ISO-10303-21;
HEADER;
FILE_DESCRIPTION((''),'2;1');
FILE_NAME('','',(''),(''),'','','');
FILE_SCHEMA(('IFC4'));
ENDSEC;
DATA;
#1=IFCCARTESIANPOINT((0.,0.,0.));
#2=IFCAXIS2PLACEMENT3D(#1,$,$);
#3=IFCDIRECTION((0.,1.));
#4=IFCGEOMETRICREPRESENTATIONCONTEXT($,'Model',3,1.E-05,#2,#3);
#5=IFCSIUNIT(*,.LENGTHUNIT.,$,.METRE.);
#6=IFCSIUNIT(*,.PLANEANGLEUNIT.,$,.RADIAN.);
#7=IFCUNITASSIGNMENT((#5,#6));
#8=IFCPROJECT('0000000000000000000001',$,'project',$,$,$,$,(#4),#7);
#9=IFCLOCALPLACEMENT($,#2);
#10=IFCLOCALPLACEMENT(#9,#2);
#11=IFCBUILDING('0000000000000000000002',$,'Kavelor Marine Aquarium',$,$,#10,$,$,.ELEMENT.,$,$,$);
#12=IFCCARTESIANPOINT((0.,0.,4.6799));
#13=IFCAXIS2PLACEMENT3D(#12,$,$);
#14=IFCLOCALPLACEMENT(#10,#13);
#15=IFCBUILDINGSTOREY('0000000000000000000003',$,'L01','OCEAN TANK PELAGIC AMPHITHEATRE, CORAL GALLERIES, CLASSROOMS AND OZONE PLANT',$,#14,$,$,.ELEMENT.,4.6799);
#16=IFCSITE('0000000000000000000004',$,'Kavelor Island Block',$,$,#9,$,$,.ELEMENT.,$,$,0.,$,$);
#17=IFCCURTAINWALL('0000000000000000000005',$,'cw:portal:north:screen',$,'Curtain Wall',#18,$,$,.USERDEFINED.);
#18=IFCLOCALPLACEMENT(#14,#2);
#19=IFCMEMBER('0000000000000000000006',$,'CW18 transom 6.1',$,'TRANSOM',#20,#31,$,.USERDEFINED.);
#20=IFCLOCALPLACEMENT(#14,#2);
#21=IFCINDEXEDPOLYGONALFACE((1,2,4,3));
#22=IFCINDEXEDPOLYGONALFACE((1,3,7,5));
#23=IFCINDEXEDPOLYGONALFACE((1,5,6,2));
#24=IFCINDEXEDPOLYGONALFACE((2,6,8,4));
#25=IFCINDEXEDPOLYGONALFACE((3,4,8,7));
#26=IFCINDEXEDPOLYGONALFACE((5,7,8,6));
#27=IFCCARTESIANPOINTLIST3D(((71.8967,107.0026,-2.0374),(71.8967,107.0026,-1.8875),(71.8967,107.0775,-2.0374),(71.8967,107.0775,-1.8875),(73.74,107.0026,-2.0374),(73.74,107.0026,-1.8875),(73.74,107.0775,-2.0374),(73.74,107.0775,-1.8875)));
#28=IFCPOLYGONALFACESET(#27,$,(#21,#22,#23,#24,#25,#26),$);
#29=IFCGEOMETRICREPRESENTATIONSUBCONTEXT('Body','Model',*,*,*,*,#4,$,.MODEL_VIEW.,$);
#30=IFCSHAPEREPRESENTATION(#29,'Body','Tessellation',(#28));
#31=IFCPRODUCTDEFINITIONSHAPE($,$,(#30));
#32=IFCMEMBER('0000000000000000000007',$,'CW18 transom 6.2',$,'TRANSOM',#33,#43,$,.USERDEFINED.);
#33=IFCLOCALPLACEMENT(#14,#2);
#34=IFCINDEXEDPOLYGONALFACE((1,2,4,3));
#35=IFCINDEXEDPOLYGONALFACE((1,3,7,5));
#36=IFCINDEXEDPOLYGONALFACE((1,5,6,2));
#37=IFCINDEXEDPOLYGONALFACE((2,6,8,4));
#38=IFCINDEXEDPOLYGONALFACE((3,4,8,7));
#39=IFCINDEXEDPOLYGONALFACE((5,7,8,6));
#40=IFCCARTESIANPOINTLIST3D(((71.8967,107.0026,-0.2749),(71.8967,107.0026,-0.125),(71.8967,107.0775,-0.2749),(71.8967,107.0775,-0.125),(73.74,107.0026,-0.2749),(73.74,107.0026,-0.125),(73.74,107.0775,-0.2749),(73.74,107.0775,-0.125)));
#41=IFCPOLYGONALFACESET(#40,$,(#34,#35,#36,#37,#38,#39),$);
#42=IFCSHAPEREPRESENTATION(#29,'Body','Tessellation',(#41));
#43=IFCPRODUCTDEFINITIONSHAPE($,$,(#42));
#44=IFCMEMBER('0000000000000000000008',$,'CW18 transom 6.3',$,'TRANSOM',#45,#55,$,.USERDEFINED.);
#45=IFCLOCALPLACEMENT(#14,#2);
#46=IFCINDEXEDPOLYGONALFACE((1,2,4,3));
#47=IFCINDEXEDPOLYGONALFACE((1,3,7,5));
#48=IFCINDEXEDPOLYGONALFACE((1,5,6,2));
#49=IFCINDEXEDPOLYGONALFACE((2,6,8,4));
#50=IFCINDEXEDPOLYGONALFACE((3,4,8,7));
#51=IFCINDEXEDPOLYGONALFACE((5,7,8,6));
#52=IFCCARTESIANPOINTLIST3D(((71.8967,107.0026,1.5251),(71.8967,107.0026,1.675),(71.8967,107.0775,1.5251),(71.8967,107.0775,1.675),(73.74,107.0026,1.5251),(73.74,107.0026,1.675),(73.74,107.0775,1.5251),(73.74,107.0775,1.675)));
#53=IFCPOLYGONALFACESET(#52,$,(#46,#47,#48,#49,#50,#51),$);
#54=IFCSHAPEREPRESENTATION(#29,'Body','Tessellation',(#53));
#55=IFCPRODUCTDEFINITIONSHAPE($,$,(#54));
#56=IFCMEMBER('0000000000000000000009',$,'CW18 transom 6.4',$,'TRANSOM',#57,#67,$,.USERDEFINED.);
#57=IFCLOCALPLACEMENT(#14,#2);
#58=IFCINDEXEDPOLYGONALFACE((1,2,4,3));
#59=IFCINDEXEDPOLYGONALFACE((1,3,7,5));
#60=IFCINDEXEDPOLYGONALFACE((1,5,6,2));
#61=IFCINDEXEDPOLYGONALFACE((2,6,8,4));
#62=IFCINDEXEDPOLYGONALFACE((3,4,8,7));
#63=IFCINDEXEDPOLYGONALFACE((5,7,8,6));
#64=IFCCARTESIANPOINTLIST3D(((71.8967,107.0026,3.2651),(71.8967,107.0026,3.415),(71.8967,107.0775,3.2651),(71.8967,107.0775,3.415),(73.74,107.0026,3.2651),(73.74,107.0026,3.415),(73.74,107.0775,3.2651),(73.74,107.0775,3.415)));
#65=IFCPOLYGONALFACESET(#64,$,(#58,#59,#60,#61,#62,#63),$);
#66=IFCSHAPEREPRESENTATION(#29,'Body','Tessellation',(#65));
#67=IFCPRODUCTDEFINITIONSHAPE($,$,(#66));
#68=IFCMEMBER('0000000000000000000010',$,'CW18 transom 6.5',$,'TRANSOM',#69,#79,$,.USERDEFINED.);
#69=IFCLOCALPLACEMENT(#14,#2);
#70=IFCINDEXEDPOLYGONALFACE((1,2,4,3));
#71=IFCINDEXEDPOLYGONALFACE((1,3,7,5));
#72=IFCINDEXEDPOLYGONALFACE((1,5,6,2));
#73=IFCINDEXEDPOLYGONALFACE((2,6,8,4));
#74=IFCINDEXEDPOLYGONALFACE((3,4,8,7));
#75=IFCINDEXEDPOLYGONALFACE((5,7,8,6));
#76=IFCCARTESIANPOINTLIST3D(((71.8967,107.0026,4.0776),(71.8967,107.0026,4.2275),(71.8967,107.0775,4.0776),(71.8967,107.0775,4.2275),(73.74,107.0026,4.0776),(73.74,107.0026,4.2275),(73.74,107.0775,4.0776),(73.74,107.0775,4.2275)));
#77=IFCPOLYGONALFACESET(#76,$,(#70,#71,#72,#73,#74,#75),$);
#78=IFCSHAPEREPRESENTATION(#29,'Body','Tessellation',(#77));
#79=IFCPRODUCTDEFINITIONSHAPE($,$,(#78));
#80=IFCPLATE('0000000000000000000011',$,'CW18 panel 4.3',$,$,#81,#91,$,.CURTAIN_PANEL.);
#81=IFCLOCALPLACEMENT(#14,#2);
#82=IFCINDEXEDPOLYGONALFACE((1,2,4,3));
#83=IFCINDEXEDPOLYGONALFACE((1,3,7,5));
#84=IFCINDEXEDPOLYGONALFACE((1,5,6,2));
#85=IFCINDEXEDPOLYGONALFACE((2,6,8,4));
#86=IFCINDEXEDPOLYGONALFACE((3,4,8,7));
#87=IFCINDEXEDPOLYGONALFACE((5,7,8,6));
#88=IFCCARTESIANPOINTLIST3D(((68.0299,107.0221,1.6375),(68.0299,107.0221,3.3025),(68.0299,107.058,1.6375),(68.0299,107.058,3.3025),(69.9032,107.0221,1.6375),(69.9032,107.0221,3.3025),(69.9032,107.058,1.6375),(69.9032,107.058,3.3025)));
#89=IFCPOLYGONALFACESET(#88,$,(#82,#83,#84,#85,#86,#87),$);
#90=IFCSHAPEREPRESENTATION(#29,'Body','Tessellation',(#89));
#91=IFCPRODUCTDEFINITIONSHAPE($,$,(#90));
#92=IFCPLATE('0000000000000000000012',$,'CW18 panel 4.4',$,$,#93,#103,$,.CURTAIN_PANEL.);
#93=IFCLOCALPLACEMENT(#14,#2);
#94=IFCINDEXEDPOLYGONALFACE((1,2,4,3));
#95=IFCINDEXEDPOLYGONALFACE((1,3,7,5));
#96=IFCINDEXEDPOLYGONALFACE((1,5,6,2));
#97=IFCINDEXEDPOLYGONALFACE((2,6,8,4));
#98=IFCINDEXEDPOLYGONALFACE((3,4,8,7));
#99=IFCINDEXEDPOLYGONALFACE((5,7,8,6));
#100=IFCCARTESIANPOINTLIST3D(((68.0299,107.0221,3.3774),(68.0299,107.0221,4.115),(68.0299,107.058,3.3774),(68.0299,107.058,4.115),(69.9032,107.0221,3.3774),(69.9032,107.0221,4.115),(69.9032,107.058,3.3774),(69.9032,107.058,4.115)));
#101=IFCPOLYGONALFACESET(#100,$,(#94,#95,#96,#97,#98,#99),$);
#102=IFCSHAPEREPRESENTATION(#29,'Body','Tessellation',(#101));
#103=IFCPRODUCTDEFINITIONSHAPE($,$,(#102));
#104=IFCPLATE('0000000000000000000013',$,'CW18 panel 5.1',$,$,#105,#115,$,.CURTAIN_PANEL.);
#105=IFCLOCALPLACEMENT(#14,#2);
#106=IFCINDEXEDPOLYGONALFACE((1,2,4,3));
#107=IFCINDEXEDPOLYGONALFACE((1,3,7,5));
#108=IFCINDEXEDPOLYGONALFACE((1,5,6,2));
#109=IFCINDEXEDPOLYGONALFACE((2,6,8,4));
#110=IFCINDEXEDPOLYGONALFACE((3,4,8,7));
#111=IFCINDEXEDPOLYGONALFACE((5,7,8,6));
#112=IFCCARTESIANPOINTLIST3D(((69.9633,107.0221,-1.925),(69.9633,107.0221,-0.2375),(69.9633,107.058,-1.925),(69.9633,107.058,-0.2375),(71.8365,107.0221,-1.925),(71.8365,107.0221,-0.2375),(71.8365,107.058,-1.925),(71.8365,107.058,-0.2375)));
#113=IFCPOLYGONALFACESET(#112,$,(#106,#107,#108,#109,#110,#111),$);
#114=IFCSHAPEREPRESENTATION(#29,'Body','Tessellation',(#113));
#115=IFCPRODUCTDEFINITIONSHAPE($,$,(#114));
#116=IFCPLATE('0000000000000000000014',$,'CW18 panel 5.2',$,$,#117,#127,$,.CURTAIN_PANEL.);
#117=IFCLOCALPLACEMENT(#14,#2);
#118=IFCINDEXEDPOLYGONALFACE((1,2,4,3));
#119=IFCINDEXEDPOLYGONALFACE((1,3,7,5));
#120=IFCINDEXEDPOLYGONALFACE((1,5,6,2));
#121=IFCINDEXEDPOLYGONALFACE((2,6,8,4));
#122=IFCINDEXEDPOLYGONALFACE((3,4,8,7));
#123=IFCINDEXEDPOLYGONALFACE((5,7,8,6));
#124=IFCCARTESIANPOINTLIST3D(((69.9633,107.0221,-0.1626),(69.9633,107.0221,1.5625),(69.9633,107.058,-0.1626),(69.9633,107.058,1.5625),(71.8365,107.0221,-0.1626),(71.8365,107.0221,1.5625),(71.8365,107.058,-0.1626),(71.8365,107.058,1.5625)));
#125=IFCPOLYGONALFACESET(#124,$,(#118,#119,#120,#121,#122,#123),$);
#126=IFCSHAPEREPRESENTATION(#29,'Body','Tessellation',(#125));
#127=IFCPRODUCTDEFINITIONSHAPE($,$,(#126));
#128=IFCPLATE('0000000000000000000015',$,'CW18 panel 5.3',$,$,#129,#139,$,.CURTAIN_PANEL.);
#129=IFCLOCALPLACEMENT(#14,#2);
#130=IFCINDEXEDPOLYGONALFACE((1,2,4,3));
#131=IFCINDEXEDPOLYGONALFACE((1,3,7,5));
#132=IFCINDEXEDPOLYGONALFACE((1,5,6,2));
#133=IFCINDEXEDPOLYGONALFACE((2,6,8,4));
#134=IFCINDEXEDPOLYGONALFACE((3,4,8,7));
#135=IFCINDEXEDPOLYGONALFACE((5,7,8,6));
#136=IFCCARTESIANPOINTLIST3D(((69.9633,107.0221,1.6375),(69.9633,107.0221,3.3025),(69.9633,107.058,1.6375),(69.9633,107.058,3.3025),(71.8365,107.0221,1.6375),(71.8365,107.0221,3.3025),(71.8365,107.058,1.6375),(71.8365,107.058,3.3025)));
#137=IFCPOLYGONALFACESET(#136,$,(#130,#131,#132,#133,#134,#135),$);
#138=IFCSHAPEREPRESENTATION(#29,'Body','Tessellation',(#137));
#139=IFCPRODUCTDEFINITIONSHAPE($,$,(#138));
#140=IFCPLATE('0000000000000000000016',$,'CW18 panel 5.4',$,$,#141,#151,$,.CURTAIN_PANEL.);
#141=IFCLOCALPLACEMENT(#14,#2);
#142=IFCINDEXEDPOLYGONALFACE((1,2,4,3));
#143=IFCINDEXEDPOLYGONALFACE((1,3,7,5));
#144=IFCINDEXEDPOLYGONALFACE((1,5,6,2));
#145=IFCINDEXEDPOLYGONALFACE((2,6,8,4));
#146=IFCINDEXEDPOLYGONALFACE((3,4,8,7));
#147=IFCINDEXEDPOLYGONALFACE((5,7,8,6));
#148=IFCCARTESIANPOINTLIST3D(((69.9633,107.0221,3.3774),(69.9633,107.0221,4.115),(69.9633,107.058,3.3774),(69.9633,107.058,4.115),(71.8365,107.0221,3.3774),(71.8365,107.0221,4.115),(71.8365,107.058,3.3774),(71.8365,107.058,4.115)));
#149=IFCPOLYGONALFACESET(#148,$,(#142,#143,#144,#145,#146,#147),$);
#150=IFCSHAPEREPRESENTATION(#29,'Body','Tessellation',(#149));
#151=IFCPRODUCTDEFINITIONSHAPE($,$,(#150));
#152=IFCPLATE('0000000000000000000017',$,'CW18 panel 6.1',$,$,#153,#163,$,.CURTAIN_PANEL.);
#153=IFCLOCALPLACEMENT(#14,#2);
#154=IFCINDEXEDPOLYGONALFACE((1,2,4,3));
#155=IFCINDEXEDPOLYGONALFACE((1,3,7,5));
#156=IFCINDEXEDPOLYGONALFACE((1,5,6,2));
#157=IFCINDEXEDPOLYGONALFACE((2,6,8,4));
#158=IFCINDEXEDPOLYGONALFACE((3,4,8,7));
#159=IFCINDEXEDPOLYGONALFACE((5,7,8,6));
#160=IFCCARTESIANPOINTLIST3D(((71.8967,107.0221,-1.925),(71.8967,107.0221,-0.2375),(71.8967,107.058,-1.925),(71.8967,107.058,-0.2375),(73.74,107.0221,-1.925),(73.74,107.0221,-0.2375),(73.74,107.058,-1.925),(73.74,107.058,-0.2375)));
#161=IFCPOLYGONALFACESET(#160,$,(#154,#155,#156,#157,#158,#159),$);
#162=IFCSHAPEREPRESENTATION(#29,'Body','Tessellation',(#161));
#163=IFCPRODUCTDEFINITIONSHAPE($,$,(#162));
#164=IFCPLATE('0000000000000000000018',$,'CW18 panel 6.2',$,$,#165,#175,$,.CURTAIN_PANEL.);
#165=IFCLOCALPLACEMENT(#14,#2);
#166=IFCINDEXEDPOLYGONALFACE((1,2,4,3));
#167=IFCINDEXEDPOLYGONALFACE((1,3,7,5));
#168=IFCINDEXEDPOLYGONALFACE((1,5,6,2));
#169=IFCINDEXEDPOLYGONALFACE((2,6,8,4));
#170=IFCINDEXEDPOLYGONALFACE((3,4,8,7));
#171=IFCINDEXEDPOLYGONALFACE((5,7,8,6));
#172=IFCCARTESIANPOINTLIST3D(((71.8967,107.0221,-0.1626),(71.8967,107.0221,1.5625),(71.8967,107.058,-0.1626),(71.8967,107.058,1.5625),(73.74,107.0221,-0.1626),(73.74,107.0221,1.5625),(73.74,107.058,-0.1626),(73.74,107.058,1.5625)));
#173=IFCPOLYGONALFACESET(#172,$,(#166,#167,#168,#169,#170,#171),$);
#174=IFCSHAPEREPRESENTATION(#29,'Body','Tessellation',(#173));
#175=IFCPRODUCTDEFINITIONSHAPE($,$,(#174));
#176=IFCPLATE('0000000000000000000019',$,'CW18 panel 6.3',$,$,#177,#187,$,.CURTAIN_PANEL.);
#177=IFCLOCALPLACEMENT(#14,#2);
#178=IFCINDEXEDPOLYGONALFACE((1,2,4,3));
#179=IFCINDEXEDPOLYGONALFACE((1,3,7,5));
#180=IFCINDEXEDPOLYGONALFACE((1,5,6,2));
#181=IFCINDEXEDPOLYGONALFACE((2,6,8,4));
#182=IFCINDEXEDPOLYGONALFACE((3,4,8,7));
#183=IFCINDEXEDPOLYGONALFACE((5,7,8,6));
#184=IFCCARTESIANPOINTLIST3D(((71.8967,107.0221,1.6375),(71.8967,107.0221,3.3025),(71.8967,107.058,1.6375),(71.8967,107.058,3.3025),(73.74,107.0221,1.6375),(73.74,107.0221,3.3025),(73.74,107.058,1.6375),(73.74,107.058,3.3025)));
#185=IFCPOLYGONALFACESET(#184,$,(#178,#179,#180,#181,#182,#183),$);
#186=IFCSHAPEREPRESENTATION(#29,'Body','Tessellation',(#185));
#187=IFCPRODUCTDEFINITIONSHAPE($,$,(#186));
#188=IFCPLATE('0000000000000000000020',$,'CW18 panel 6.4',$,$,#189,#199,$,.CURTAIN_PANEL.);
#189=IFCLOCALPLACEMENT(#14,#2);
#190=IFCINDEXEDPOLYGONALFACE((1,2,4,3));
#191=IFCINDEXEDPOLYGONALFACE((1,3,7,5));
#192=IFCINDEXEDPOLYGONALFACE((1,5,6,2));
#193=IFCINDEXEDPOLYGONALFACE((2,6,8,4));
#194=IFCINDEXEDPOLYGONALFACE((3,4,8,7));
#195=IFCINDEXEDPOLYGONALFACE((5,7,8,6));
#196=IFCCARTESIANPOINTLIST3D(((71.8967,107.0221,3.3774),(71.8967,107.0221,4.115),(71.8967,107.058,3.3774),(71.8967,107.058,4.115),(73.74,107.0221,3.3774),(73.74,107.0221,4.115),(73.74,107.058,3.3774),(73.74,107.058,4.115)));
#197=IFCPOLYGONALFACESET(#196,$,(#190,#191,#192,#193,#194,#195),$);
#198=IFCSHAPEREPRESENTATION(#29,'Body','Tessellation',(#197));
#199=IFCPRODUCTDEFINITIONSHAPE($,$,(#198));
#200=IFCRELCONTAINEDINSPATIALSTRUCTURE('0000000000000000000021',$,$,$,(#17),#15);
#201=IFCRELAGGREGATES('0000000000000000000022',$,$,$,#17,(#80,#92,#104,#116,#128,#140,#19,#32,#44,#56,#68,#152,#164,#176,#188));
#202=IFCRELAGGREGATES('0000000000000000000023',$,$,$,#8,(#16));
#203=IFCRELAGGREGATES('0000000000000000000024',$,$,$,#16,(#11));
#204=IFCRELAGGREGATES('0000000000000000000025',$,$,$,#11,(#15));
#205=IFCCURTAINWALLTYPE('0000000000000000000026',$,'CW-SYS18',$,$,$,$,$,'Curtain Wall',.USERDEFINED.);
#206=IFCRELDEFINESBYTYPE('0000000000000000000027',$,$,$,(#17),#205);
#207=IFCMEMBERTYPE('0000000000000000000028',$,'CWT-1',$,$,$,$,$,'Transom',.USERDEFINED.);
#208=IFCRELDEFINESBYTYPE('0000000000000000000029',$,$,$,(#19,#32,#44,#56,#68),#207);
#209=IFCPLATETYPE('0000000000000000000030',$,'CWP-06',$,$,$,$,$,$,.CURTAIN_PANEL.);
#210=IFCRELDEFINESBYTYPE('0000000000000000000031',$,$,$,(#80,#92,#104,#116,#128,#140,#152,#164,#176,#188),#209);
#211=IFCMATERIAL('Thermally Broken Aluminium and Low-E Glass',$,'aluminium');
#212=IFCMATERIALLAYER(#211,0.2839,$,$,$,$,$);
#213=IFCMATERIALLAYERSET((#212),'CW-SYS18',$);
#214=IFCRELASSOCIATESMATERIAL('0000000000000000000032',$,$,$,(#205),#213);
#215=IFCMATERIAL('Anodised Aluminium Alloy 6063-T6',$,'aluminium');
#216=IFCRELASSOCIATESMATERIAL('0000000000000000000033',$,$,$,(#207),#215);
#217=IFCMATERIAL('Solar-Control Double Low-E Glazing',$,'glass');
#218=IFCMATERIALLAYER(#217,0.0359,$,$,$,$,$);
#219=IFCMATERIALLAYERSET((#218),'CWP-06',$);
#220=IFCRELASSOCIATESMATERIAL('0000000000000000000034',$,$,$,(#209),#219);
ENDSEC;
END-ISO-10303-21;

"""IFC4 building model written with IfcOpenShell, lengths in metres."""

from ifc_helpers import new_model, si_unit, direction, frame, origin, origin_2d, place, context, subcontext, project, spatial, rectangle, extrude, material, layer, layer_set, material_profile, profile_set, type_object, element, aggregate, save


model = new_model("IFC4")

# Units and contexts
model_context = context("Model", 3, precision=1e-05, world=origin(), true_north=direction((0.0, 1.0)))
body_context = subcontext(model_context, "Body", "Model", "MODEL_VIEW")
ifc_project = project(units=[si_unit("LENGTHUNIT", "METRE"), si_unit("PLANEANGLEUNIT", "RADIAN")], contexts=[model_context])

# Site, building, storey
site_placement = place(None, origin())
site = spatial("IfcSite", under=ifc_project, at=site_placement, Name="Kavelor Island Block", CompositionType="ELEMENT", RefElevation=0.0)
building_placement = place(site_placement, origin())
building = spatial("IfcBuilding", under=site, at=building_placement, Name="Kavelor Marine Aquarium", CompositionType="ELEMENT")
storey_placement = place(building_placement, frame((0.0, 0.0, 4.6799)))
storey = spatial("IfcBuildingStorey", under=building, at=storey_placement, Name="L01", Description="OCEAN TANK PELAGIC AMPHITHEATRE, CORAL GALLERIES, CLASSROOMS AND OZONE PLANT", CompositionType="ELEMENT", Elevation=4.6799)

# Curtain wall, members, plates
ifc_material_1 = material(Name="Thermally Broken Aluminium and Low-E Glass", Category="aluminium")
ifc_layer_1 = layer(ifc_material_1, 0.2839)
ifc_layer_set_1 = layer_set([ifc_layer_1], Name="CW-SYS18")
curtain_wall_type = type_object("IfcCurtainWallType", Name="CW-SYS18", ElementType="Curtain Wall", PredefinedType="USERDEFINED", material=ifc_layer_set_1)
curtain_wall_placement = place(storey_placement, origin())
curtain_wall = element("IfcCurtainWall", 1, at=curtain_wall_placement, inside=storey, type_object=curtain_wall_type, Name="cw:portal:north:screen", ObjectType="Curtain Wall", PredefinedType="USERDEFINED")
ifc_material_2 = material(Name="Anodised Aluminium Alloy 6063-T6", Category="aluminium")
ifc_material_profile_1 = material_profile(ifc_material_2, rectangle(XDim=0.075, YDim=0.1499, at=origin_2d()), Name="CW-TRN 75x150")
ifc_profile_set_1 = profile_set([ifc_material_profile_1], Name="Anodised Aluminium Alloy 6063-T6")
member_type_1 = type_object("IfcMemberType", Name="CWT-1", ElementType="Transom", PredefinedType="USERDEFINED", material=ifc_profile_set_1)
member_1_placement = place(storey_placement, frame((71.8967, 107.04, -1.9624), z_axis=(1.0, 0.0, 0.0), x_axis=(0.0, 1.0, 0.0)))
member_1 = element("IfcMember", 2, at=member_1_placement, type_object=member_type_1, Name="CW18 transom 6.1", ObjectType="TRANSOM", PredefinedType="USERDEFINED", context=body_context, shape_type="SweptSolid", body=[
    extrude(rectangle(XDim=0.075, YDim=0.1499, at=origin_2d()), origin(), (0.0, 0.0, 1.0), 1.8433),
])
member_2_placement = place(storey_placement, frame((71.8967, 107.04, -0.2), z_axis=(1.0, 0.0, 0.0), x_axis=(0.0, 1.0, 0.0)))
member_2 = element("IfcMember", 3, at=member_2_placement, type_object=member_type_1, Name="CW18 transom 6.2", ObjectType="TRANSOM", PredefinedType="USERDEFINED", context=body_context, shape_type="SweptSolid", body=[
    extrude(rectangle(XDim=0.075, YDim=0.1499, at=origin_2d()), origin(), (0.0, 0.0, 1.0), 1.8433),
])
member_3_placement = place(storey_placement, frame((71.8967, 107.04, 1.6001), z_axis=(1.0, 0.0, 0.0), x_axis=(0.0, 1.0, 0.0)))
member_3 = element("IfcMember", 4, at=member_3_placement, type_object=member_type_1, Name="CW18 transom 6.3", ObjectType="TRANSOM", PredefinedType="USERDEFINED", context=body_context, shape_type="SweptSolid", body=[
    extrude(rectangle(XDim=0.075, YDim=0.1499, at=origin_2d()), origin(), (0.0, 0.0, 1.0), 1.8433),
])
member_4_placement = place(storey_placement, frame((71.8967, 107.04, 3.3401), z_axis=(1.0, 0.0, 0.0), x_axis=(0.0, 1.0, 0.0)))
member_4 = element("IfcMember", 5, at=member_4_placement, type_object=member_type_1, Name="CW18 transom 6.4", ObjectType="TRANSOM", PredefinedType="USERDEFINED", context=body_context, shape_type="SweptSolid", body=[
    extrude(rectangle(XDim=0.075, YDim=0.1499, at=origin_2d()), origin(), (0.0, 0.0, 1.0), 1.8433),
])
member_5_placement = place(storey_placement, frame((71.8967, 107.04, 4.1526), z_axis=(1.0, 0.0, 0.0), x_axis=(0.0, 1.0, 0.0)))
member_5 = element("IfcMember", 6, at=member_5_placement, type_object=member_type_1, Name="CW18 transom 6.5", ObjectType="TRANSOM", PredefinedType="USERDEFINED", context=body_context, shape_type="SweptSolid", body=[
    extrude(rectangle(XDim=0.075, YDim=0.1499, at=origin_2d()), origin(), (0.0, 0.0, 1.0), 1.8433),
])
ifc_material_3 = material(Name="Solar-Control Double Low-E Glazing", Category="glass")
ifc_layer_2 = layer(ifc_material_3, 0.0359)
ifc_layer_set_2 = layer_set([ifc_layer_2], Name="CWP-06")
plate_type = type_object("IfcPlateType", Name="CWP-06", PredefinedType="CURTAIN_PANEL", material=ifc_layer_set_2)
plate_1_placement = place(storey_placement, frame((68.9666, 107.04, 1.6375), z_axis=(0.0, 0.0, 1.0), x_axis=(1.0, 0.0, 0.0)))
plate_1 = element("IfcPlate", 7, at=plate_1_placement, type_object=plate_type, Name="CW18 panel 4.3", PredefinedType="CURTAIN_PANEL", context=body_context, shape_type="SweptSolid", body=[
    extrude(rectangle(XDim=1.8733, YDim=0.0359, at=origin_2d()), origin(), (0.0, 0.0, 1.0), 1.665),
])
plate_2_placement = place(storey_placement, frame((68.9666, 107.04, 3.3774), z_axis=(0.0, 0.0, 1.0), x_axis=(1.0, 0.0, 0.0)))
plate_2 = element("IfcPlate", 8, at=plate_2_placement, type_object=plate_type, Name="CW18 panel 4.4", PredefinedType="CURTAIN_PANEL", context=body_context, shape_type="SweptSolid", body=[
    extrude(rectangle(XDim=1.8733, YDim=0.0359, at=origin_2d()), origin(), (0.0, 0.0, 1.0), 0.7375),
])
plate_3_placement = place(storey_placement, frame((70.8999, 107.04, -1.925), z_axis=(0.0, 0.0, 1.0), x_axis=(1.0, 0.0, 0.0)))
plate_3 = element("IfcPlate", 9, at=plate_3_placement, type_object=plate_type, Name="CW18 panel 5.1", PredefinedType="CURTAIN_PANEL", context=body_context, shape_type="SweptSolid", body=[
    extrude(rectangle(XDim=1.8733, YDim=0.0359, at=origin_2d()), origin(), (0.0, 0.0, 1.0), 1.6875),
])
plate_4_placement = place(storey_placement, frame((70.8999, 107.04, -0.1626), z_axis=(0.0, 0.0, 1.0), x_axis=(1.0, 0.0, 0.0)))
plate_4 = element("IfcPlate", 10, at=plate_4_placement, type_object=plate_type, Name="CW18 panel 5.2", PredefinedType="CURTAIN_PANEL", context=body_context, shape_type="SweptSolid", body=[
    extrude(rectangle(XDim=1.8733, YDim=0.0359, at=origin_2d()), origin(), (0.0, 0.0, 1.0), 1.7251),
])
plate_5_placement = place(storey_placement, frame((70.8999, 107.04, 1.6375), z_axis=(0.0, 0.0, 1.0), x_axis=(1.0, 0.0, 0.0)))
plate_5 = element("IfcPlate", 11, at=plate_5_placement, type_object=plate_type, Name="CW18 panel 5.3", PredefinedType="CURTAIN_PANEL", context=body_context, shape_type="SweptSolid", body=[
    extrude(rectangle(XDim=1.8733, YDim=0.0359, at=origin_2d()), origin(), (0.0, 0.0, 1.0), 1.665),
])
plate_6_placement = place(storey_placement, frame((70.8999, 107.04, 3.3774), z_axis=(0.0, 0.0, 1.0), x_axis=(1.0, 0.0, 0.0)))
plate_6 = element("IfcPlate", 12, at=plate_6_placement, type_object=plate_type, Name="CW18 panel 5.4", PredefinedType="CURTAIN_PANEL", context=body_context, shape_type="SweptSolid", body=[
    extrude(rectangle(XDim=1.8733, YDim=0.0359, at=origin_2d()), origin(), (0.0, 0.0, 1.0), 0.7375),
])
plate_7_placement = place(storey_placement, frame((72.8184, 107.04, -1.925), z_axis=(0.0, 0.0, 1.0), x_axis=(1.0, 0.0, 0.0)))
plate_7 = element("IfcPlate", 13, at=plate_7_placement, type_object=plate_type, Name="CW18 panel 6.1", PredefinedType="CURTAIN_PANEL", context=body_context, shape_type="SweptSolid", body=[
    extrude(rectangle(XDim=1.8433, YDim=0.0359, at=origin_2d()), origin(), (0.0, 0.0, 1.0), 1.6875),
])
plate_8_placement = place(storey_placement, frame((72.8184, 107.04, -0.1626), z_axis=(0.0, 0.0, 1.0), x_axis=(1.0, 0.0, 0.0)))
plate_8 = element("IfcPlate", 14, at=plate_8_placement, type_object=plate_type, Name="CW18 panel 6.2", PredefinedType="CURTAIN_PANEL", context=body_context, shape_type="SweptSolid", body=[
    extrude(rectangle(XDim=1.8433, YDim=0.0359, at=origin_2d()), origin(), (0.0, 0.0, 1.0), 1.7251),
])
plate_9_placement = place(storey_placement, frame((72.8184, 107.04, 1.6375), z_axis=(0.0, 0.0, 1.0), x_axis=(1.0, 0.0, 0.0)))
plate_9 = element("IfcPlate", 15, at=plate_9_placement, type_object=plate_type, Name="CW18 panel 6.3", PredefinedType="CURTAIN_PANEL", context=body_context, shape_type="SweptSolid", body=[
    extrude(rectangle(XDim=1.8433, YDim=0.0359, at=origin_2d()), origin(), (0.0, 0.0, 1.0), 1.665),
])
plate_10_placement = place(storey_placement, frame((72.8184, 107.04, 3.3774), z_axis=(0.0, 0.0, 1.0), x_axis=(1.0, 0.0, 0.0)))
plate_10 = element("IfcPlate", 16, at=plate_10_placement, type_object=plate_type, Name="CW18 panel 6.4", PredefinedType="CURTAIN_PANEL", context=body_context, shape_type="SweptSolid", body=[
    extrude(rectangle(XDim=1.8433, YDim=0.0359, at=origin_2d()), origin(), (0.0, 0.0, 1.0), 0.7375),
])
aggregate(curtain_wall, [plate_1, plate_2, plate_3, plate_4, plate_5, plate_6, member_1, member_2, member_3, member_4, member_5, plate_7, plate_8, plate_9, plate_10])

save(model, "model.ifc")
